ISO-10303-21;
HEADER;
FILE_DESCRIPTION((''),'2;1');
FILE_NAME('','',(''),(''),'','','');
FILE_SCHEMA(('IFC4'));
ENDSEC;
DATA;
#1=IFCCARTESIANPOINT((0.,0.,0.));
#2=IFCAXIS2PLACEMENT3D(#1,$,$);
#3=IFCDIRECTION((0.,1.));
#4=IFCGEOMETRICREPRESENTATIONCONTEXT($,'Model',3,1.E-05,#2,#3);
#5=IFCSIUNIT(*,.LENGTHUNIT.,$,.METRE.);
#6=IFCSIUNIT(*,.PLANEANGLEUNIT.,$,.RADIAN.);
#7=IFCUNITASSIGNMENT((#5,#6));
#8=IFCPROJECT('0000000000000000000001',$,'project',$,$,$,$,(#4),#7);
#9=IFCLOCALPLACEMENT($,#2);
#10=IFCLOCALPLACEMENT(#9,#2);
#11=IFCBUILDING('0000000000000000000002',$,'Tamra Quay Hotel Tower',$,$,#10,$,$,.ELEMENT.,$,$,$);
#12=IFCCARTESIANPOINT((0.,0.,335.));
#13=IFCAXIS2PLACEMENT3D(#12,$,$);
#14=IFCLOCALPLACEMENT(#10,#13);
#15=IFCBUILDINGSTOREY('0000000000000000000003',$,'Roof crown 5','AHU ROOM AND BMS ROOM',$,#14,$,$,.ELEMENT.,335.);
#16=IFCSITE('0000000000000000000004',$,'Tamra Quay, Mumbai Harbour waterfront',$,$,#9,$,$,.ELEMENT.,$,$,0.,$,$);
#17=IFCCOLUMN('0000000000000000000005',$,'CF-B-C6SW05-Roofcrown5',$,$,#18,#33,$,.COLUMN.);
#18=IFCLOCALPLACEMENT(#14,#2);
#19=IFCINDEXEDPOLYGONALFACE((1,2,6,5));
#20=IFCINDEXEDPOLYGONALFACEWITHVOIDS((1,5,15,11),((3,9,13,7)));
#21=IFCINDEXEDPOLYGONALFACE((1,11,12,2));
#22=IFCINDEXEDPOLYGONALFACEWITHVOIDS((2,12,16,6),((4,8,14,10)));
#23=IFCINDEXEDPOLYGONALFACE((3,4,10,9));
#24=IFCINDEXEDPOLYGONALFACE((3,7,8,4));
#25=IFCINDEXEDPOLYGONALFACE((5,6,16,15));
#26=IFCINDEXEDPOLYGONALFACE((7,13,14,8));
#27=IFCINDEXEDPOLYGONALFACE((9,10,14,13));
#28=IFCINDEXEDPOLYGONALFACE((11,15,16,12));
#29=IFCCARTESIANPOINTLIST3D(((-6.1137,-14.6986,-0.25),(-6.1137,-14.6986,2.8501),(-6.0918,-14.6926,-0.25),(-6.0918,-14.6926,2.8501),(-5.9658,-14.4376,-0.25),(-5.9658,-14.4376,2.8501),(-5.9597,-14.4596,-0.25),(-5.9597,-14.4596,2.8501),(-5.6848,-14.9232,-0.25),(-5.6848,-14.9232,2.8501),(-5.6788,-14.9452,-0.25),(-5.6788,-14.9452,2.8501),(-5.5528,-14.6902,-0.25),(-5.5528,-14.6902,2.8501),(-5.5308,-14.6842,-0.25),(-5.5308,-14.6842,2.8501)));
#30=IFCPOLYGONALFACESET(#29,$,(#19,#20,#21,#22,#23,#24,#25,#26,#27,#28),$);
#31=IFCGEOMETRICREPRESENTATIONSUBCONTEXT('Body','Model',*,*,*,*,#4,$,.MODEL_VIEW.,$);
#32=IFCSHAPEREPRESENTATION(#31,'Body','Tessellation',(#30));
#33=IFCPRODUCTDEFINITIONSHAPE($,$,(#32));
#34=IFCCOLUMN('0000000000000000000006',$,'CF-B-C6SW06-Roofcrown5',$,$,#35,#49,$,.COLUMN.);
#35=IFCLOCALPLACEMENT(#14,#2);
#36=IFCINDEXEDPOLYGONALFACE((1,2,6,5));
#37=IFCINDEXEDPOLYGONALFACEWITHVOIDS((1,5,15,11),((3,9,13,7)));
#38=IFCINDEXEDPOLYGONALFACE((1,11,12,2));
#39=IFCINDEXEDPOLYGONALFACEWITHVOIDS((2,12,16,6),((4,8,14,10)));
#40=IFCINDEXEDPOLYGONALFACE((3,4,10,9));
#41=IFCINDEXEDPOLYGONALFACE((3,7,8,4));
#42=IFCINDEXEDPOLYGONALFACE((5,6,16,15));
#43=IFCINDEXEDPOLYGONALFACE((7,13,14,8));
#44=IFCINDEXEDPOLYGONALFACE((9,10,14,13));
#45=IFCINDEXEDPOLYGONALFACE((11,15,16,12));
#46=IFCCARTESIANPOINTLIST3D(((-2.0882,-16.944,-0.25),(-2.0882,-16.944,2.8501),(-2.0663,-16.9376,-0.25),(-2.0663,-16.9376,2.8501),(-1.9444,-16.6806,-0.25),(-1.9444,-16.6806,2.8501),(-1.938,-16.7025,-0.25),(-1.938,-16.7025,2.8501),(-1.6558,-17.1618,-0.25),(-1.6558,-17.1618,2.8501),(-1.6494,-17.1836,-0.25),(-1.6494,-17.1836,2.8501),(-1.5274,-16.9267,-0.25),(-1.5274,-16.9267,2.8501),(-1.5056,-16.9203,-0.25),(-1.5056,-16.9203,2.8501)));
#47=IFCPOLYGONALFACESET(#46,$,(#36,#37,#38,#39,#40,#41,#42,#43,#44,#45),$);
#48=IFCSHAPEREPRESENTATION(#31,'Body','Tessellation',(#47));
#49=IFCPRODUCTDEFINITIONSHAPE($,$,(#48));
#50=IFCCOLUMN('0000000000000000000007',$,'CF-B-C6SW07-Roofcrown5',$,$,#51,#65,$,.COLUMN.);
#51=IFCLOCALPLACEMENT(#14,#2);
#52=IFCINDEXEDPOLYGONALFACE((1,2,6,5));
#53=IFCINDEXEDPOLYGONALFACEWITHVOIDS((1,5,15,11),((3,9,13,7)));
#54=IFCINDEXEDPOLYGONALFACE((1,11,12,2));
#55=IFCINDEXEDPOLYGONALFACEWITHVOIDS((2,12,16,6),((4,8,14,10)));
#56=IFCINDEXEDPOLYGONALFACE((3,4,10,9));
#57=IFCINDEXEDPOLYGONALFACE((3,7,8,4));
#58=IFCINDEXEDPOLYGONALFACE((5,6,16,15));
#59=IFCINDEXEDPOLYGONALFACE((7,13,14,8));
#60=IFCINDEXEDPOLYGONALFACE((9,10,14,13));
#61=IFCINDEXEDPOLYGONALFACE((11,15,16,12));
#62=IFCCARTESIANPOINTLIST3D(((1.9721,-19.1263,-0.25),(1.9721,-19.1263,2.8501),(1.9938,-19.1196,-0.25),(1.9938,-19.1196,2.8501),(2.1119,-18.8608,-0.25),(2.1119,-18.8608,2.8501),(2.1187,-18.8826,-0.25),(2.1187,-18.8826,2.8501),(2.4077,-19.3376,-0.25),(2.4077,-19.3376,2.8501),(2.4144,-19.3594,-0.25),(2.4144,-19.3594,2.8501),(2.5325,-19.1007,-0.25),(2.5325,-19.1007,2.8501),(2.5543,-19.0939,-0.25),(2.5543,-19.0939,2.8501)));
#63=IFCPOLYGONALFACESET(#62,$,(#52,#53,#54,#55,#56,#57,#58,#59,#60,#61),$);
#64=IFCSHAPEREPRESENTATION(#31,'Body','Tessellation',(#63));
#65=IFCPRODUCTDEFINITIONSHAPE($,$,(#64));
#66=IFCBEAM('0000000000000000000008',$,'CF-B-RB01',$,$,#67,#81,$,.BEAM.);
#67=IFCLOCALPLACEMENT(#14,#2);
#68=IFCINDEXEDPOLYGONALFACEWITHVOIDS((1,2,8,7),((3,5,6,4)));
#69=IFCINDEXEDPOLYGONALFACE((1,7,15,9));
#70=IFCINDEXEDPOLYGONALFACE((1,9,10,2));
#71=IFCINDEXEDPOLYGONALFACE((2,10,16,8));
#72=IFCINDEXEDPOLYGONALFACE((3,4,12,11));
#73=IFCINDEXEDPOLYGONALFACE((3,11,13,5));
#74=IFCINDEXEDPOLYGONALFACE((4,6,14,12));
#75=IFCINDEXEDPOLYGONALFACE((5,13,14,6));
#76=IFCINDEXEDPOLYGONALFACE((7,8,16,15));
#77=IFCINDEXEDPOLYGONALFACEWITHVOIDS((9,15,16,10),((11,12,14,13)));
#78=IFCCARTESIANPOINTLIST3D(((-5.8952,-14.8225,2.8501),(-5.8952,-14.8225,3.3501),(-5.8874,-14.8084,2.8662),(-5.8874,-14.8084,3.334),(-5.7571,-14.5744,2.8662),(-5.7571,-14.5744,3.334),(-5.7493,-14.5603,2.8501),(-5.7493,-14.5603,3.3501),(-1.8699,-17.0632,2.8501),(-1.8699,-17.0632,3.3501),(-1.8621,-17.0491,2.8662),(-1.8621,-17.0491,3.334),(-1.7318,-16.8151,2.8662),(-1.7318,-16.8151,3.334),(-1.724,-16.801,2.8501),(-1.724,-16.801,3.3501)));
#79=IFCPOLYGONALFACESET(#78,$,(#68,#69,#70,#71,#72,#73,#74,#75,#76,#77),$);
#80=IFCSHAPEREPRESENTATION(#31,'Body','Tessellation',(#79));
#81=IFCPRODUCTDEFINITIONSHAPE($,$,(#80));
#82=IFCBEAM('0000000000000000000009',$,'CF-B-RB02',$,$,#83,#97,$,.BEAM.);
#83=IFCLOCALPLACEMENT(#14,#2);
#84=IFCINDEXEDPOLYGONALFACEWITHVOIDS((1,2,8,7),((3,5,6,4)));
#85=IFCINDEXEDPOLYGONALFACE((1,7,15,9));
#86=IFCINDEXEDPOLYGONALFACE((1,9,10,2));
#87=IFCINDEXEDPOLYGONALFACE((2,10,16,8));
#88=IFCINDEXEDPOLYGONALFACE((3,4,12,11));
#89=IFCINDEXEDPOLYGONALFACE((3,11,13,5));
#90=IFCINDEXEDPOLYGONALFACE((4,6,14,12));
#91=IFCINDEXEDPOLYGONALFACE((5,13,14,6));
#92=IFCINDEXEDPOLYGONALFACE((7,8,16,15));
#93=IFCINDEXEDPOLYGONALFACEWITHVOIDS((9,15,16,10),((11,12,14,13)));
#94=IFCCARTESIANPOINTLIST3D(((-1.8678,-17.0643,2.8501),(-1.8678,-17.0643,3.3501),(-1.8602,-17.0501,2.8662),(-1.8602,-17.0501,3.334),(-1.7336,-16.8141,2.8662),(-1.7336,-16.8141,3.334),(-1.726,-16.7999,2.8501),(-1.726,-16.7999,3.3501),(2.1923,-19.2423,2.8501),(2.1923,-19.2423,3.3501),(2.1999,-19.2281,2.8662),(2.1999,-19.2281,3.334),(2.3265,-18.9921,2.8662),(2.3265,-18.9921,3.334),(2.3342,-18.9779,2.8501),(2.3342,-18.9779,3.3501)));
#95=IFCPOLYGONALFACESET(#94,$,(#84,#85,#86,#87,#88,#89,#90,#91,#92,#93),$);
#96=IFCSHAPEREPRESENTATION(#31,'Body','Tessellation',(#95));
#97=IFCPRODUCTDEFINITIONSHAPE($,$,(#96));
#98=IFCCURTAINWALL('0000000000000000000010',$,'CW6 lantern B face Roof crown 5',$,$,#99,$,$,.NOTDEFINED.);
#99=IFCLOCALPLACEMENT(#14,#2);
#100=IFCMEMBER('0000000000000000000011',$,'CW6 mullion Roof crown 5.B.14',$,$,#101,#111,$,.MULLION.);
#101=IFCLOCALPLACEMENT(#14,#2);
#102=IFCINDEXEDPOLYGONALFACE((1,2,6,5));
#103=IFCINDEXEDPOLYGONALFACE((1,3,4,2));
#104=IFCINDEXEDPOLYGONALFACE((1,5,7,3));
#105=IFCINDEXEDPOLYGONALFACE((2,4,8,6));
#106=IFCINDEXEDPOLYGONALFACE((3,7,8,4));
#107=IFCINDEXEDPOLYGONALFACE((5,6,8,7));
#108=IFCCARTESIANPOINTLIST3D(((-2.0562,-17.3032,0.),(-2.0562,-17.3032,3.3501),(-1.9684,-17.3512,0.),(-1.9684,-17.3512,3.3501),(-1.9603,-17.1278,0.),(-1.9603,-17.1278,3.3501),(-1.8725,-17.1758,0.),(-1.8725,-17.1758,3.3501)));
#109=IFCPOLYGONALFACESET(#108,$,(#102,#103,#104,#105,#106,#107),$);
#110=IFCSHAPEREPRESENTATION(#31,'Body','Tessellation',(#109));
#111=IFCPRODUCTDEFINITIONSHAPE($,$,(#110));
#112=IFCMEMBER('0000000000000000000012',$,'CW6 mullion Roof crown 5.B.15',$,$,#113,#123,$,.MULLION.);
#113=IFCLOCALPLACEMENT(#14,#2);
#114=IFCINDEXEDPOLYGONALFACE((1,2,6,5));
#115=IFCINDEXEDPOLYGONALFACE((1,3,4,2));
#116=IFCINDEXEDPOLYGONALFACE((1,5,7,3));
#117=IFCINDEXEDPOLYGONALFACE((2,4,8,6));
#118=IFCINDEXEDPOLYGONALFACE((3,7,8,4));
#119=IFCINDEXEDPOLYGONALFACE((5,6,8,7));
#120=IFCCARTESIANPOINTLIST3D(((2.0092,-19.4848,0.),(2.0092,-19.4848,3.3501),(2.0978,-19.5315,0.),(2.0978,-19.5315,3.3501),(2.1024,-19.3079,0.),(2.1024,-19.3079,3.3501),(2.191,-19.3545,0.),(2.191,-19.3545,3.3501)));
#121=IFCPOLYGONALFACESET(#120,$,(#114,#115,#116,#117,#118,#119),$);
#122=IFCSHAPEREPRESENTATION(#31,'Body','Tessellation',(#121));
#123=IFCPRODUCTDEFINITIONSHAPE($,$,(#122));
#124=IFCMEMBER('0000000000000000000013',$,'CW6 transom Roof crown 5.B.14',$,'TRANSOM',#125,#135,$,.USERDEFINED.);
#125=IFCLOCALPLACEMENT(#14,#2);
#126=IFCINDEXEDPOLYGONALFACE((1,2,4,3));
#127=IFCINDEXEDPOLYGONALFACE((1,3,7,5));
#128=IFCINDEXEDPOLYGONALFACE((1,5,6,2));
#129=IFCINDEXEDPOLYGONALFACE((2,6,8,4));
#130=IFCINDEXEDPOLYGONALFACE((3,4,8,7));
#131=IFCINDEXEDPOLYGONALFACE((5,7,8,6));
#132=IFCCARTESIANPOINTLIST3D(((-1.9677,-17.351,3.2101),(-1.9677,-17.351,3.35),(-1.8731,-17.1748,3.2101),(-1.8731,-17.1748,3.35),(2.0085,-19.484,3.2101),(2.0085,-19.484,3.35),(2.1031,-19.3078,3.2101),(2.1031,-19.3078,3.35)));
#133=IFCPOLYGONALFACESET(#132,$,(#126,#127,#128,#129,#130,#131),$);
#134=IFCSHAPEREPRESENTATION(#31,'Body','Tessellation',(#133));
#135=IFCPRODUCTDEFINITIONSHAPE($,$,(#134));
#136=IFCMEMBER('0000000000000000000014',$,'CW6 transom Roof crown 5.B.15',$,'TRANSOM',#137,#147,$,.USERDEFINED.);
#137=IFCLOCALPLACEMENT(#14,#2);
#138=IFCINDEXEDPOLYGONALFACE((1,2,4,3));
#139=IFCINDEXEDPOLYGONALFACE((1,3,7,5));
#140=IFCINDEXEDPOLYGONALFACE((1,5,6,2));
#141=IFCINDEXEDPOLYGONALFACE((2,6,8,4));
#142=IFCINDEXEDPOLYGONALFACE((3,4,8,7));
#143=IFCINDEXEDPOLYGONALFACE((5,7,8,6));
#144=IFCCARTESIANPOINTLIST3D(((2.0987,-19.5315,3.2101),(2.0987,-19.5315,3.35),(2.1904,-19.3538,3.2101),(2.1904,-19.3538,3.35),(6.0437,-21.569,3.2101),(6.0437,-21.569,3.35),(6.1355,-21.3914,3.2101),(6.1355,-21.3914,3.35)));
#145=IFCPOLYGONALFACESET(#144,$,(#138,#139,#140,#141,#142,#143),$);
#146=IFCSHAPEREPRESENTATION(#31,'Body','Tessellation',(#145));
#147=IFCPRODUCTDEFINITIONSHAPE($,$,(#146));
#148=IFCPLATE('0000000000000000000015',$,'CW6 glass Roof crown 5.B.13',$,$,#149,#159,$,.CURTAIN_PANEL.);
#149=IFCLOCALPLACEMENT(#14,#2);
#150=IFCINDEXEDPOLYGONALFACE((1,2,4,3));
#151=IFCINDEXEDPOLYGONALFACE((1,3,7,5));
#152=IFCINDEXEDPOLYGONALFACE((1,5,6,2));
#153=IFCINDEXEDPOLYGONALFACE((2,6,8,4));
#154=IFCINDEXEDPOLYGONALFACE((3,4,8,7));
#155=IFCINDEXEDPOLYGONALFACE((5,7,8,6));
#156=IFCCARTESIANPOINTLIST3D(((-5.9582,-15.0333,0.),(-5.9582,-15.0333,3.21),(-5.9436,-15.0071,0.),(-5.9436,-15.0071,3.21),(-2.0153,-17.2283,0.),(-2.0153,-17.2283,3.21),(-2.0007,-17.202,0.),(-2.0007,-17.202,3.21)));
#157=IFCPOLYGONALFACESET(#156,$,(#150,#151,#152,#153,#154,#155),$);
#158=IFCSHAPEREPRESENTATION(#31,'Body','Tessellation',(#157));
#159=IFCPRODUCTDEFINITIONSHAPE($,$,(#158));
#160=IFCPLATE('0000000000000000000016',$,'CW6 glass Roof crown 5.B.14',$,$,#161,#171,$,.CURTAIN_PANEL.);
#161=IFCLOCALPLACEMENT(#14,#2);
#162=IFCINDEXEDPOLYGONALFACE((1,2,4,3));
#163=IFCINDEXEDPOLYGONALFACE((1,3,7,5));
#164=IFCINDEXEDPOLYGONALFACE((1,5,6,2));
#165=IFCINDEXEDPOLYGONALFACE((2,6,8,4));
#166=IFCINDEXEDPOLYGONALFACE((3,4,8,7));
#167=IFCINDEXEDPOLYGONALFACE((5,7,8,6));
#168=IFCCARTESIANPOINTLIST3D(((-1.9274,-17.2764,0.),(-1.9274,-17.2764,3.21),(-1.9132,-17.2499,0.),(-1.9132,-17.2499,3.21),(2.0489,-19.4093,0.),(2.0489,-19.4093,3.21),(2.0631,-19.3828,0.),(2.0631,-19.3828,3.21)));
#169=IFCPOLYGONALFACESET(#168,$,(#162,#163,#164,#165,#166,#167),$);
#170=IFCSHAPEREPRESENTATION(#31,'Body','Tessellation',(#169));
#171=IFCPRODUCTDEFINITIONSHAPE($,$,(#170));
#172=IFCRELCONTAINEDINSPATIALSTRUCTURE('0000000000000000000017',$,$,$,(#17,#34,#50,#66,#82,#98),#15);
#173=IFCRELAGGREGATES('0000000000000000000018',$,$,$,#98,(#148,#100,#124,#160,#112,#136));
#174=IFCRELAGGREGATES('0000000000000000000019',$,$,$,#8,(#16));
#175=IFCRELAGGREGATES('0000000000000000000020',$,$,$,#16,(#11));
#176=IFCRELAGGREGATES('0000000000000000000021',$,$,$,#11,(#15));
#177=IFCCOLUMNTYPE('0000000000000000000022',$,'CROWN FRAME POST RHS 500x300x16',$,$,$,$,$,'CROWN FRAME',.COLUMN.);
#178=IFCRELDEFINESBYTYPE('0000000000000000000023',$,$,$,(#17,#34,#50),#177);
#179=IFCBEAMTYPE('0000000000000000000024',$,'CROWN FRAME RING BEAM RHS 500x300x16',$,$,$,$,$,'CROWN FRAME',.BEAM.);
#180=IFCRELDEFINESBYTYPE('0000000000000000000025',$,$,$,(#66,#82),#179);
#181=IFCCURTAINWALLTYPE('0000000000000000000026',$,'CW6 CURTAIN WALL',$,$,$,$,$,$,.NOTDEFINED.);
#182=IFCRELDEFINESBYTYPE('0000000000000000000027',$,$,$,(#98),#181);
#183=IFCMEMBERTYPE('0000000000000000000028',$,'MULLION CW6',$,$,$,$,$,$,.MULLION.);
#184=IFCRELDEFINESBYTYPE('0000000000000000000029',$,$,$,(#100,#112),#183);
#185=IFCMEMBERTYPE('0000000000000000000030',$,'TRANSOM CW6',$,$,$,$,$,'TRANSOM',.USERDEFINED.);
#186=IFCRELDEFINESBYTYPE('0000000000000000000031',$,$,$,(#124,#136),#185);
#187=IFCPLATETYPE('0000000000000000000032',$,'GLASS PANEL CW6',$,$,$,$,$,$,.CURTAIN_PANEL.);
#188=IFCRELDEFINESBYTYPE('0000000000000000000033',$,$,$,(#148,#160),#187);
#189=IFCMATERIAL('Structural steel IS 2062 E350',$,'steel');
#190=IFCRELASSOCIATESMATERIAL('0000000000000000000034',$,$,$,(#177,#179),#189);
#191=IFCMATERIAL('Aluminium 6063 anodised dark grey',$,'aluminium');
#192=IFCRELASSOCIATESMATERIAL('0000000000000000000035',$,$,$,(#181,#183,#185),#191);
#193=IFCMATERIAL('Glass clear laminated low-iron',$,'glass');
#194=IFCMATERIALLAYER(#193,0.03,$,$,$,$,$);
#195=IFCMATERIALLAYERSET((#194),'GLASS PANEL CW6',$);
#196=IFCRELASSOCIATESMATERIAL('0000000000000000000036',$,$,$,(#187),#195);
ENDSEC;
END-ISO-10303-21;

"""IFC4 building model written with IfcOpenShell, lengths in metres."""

from ifc_helpers import new_model, si_unit, direction, frame, origin, origin_2d, place, context, subcontext, project, spatial, rectangle, hollow_rectangle, extrude, material, layer, layer_set, material_profile, profile_set, type_object, element, aggregate, save


model = new_model("IFC4")

# Units and contexts
model_context = context("Model", 3, precision=1e-05, world=origin(), true_north=direction((0.0, 1.0)))
body_context = subcontext(model_context, "Body", "Model", "MODEL_VIEW")
ifc_project = project(units=[si_unit("LENGTHUNIT", "METRE"), si_unit("PLANEANGLEUNIT", "RADIAN")], contexts=[model_context])

# Site, building, storey
site_placement = place(None, origin())
site = spatial("IfcSite", under=ifc_project, at=site_placement, Name="Tamra Quay, Mumbai Harbour waterfront", CompositionType="ELEMENT", RefElevation=0.0)
building_placement = place(site_placement, origin())
building = spatial("IfcBuilding", under=site, at=building_placement, Name="Tamra Quay Hotel Tower", CompositionType="ELEMENT")
storey_placement = place(building_placement, frame((0.0, 0.0, 335.0)))
storey = spatial("IfcBuildingStorey", under=building, at=storey_placement, Name="Roof crown 5", Description="AHU ROOM AND BMS ROOM", CompositionType="ELEMENT", Elevation=335.0)

# Columns
ifc_material_1 = material(Name="Structural steel IS 2062 E350", Category="steel")
ifc_material_profile_1 = material_profile(ifc_material_1, hollow_rectangle(XDim=0.3, YDim=0.5, WallThickness=0.0161, at=origin_2d()), Name="RHS 500x300x16")
ifc_profile_set_1 = profile_set([ifc_material_profile_1], Name="Structural steel IS 2062 E350")
column_type = type_object("IfcColumnType", Name="CROWN FRAME POST RHS 500x300x16", ElementType="CROWN FRAME", PredefinedType="COLUMN", material=ifc_profile_set_1)
for number, where, z_axis, x_axis, name in (
    (1, (-5.8223, -14.6914, -0.25), (0.0, 0.0, 1.0), (0.493125, 0.869958, 0.0), "CF-B-C6SW05-Roofcrown5"),
    (2, (-1.7969, -16.9321, -0.25), (0.0, 0.0, 1.0), (0.479288, 0.877658, 0.0), "CF-B-C6SW06-Roofcrown5"),
    (3, (2.2632, -19.1101, -0.25), (0.0, 0.0, 1.0), (0.466118, 0.884723, 0.0), "CF-B-C6SW07-Roofcrown5"),
):
    element("IfcColumn", number, at=place(storey_placement, frame(where, z_axis=z_axis, x_axis=x_axis)), inside=storey, type_object=column_type, Name=name, PredefinedType="COLUMN", context=body_context, shape_type="SweptSolid", body=[
        extrude(hollow_rectangle(XDim=0.3, YDim=0.5, WallThickness=0.0161, at=origin_2d()), origin(), (0.0, 0.0, 1.0), 3.1001),
    ])

# Beams
ifc_material_profile_2 = material_profile(ifc_material_1, hollow_rectangle(XDim=0.3, YDim=0.5, WallThickness=0.0161, at=origin_2d()), Name="RHS 500x300x16")
ifc_profile_set_2 = profile_set([ifc_material_profile_2], Name="Structural steel IS 2062 E350")
beam_type = type_object("IfcBeamType", Name="CROWN FRAME RING BEAM RHS 500x300x16", ElementType="CROWN FRAME", PredefinedType="BEAM", material=ifc_profile_set_2)
beam_1_placement = place(storey_placement, frame((-5.8223, -14.6914, 3.1001), z_axis=(0.873752, -0.486372, 0.0), x_axis=(0.486372, 0.873752, 0.0)))
element("IfcBeam", 4, at=beam_1_placement, inside=storey, type_object=beam_type, Name="CF-B-RB01", PredefinedType="BEAM", context=body_context, shape_type="SweptSolid", body=[
    extrude(hollow_rectangle(XDim=0.3, YDim=0.5, WallThickness=0.0161, at=origin_2d()), origin(), (0.0, 0.0, 1.0), 4.6069),
])
beam_2_placement = place(storey_placement, frame((-1.7969, -16.9321, 3.1001), z_axis=(0.881214, -0.472718, 0.0), x_axis=(0.472718, 0.881214, 0.0)))
element("IfcBeam", 5, at=beam_2_placement, inside=storey, type_object=beam_type, Name="CF-B-RB02", PredefinedType="BEAM", context=body_context, shape_type="SweptSolid", body=[
    extrude(hollow_rectangle(XDim=0.3, YDim=0.5, WallThickness=0.0161, at=origin_2d()), origin(), (0.0, 0.0, 1.0), 4.6074),
])

# Curtain wall, members, plates
ifc_material_2 = material(Name="Aluminium 6063 anodised dark grey", Category="aluminium")
curtain_wall_type = type_object("IfcCurtainWallType", Name="CW6 CURTAIN WALL", PredefinedType="NOTDEFINED", material=ifc_material_2)
curtain_wall_placement = place(storey_placement, origin())
curtain_wall = element("IfcCurtainWall", 6, at=curtain_wall_placement, inside=storey, type_object=curtain_wall_type, Name="CW6 lantern B face Roof crown 5", PredefinedType="NOTDEFINED")
ifc_material_profile_3 = material_profile(ifc_material_2, rectangle(XDim=0.2, YDim=0.1001, at=origin_2d()), Name="MULLION 100X200")
ifc_profile_set_3 = profile_set([ifc_material_profile_3], Name="Aluminium 6063 anodised dark grey")
member_type_1 = type_object("IfcMemberType", Name="MULLION CW6", PredefinedType="MULLION", material=ifc_profile_set_3)
member_1_placement = place(storey_placement, frame((-1.9644, -17.2395, 0.0), z_axis=(0.0, 0.0, 1.0), x_axis=(-0.479565, -0.877506, 0.0)))
member_1 = element("IfcMember", 7, at=member_1_placement, type_object=member_type_1, Name="CW6 mullion Roof crown 5.B.14", PredefinedType="MULLION", context=body_context, shape_type="SweptSolid", body=[
    extrude(rectangle(XDim=0.2, YDim=0.1001, at=origin_2d()), origin(), (0.0, 0.0, 1.0), 3.3501),
])
member_2_placement = place(storey_placement, frame((2.1001, -19.4197, 0.0), z_axis=(0.0, 0.0, 1.0), x_axis=(-0.465816, -0.884882, 0.0)))
member_2 = element("IfcMember", 8, at=member_2_placement, type_object=member_type_1, Name="CW6 mullion Roof crown 5.B.15", PredefinedType="MULLION", context=body_context, shape_type="SweptSolid", body=[
    extrude(rectangle(XDim=0.2, YDim=0.1001, at=origin_2d()), origin(), (0.0, 0.0, 1.0), 3.3501),
])
ifc_material_profile_4 = material_profile(ifc_material_2, rectangle(XDim=0.2, YDim=0.1399, at=origin_2d()), Name="TRANSOM 200X140")
ifc_profile_set_4 = profile_set([ifc_material_profile_4], Name="Aluminium 6063 anodised dark grey")
member_type_2 = type_object("IfcMemberType", Name="TRANSOM CW6", ElementType="TRANSOM", PredefinedType="USERDEFINED", material=ifc_profile_set_4)
member_3_placement = place(storey_placement, frame((-1.9204, -17.2629, 3.28), z_axis=(0.881214, -0.472718, 0.0), x_axis=(0.472718, 0.881214, 0.0)))
member_3 = element("IfcMember", 9, at=member_3_placement, type_object=member_type_2, Name="CW6 transom Roof crown 5.B.14", ObjectType="TRANSOM", PredefinedType="USERDEFINED", context=body_context, shape_type="SweptSolid", body=[
    extrude(rectangle(XDim=0.2, YDim=0.1399, at=origin_2d()), origin(), (0.0, 0.0, 1.0), 4.5122),
])
member_4_placement = place(storey_placement, frame((2.1445, -19.4426, 3.28), z_axis=(0.888489, -0.458898, 0.0), x_axis=(0.458898, 0.888489, 0.0)))
member_4 = element("IfcMember", 10, at=member_4_placement, type_object=member_type_2, Name="CW6 transom Roof crown 5.B.15", ObjectType="TRANSOM", PredefinedType="USERDEFINED", context=body_context, shape_type="SweptSolid", body=[
    extrude(rectangle(XDim=0.2, YDim=0.1399, at=origin_2d()), origin(), (0.0, 0.0, 1.0), 4.4402),
])
ifc_material_3 = material(Name="Glass clear laminated low-iron", Category="glass")
ifc_layer_1 = layer(ifc_material_3, 0.03)
ifc_layer_set_1 = layer_set([ifc_layer_1], Name="GLASS PANEL CW6")
plate_type = type_object("IfcPlateType", Name="GLASS PANEL CW6", PredefinedType="CURTAIN_PANEL", material=ifc_layer_set_1)
plate_1_placement = place(storey_placement, frame((-3.9795, -16.1177, 0.0), z_axis=(0.0, 0.0, 1.0), x_axis=(0.873736, -0.486401, 0.0)))
plate_1 = element("IfcPlate", 11, at=plate_1_placement, type_object=plate_type, Name="CW6 glass Roof crown 5.B.13", PredefinedType="CURTAIN_PANEL", context=body_context, shape_type="SweptSolid", body=[
    extrude(rectangle(XDim=4.5127, YDim=0.03, at=origin_2d()), origin(), (0.0, 0.0, 1.0), 3.21),
])
plate_2_placement = place(storey_placement, frame((0.0679, -18.3296, 0.0), z_axis=(0.0, 0.0, 1.0), x_axis=(0.881224, -0.4727, 0.0)))
plate_2 = element("IfcPlate", 12, at=plate_2_placement, type_object=plate_type, Name="CW6 glass Roof crown 5.B.14", PredefinedType="CURTAIN_PANEL", context=body_context, shape_type="SweptSolid", body=[
    extrude(rectangle(XDim=4.5122, YDim=0.03, at=origin_2d()), origin(), (0.0, 0.0, 1.0), 3.21),
])
aggregate(curtain_wall, [plate_1, member_1, member_3, plate_2, member_2, member_4])

save(model, "model.ifc")
